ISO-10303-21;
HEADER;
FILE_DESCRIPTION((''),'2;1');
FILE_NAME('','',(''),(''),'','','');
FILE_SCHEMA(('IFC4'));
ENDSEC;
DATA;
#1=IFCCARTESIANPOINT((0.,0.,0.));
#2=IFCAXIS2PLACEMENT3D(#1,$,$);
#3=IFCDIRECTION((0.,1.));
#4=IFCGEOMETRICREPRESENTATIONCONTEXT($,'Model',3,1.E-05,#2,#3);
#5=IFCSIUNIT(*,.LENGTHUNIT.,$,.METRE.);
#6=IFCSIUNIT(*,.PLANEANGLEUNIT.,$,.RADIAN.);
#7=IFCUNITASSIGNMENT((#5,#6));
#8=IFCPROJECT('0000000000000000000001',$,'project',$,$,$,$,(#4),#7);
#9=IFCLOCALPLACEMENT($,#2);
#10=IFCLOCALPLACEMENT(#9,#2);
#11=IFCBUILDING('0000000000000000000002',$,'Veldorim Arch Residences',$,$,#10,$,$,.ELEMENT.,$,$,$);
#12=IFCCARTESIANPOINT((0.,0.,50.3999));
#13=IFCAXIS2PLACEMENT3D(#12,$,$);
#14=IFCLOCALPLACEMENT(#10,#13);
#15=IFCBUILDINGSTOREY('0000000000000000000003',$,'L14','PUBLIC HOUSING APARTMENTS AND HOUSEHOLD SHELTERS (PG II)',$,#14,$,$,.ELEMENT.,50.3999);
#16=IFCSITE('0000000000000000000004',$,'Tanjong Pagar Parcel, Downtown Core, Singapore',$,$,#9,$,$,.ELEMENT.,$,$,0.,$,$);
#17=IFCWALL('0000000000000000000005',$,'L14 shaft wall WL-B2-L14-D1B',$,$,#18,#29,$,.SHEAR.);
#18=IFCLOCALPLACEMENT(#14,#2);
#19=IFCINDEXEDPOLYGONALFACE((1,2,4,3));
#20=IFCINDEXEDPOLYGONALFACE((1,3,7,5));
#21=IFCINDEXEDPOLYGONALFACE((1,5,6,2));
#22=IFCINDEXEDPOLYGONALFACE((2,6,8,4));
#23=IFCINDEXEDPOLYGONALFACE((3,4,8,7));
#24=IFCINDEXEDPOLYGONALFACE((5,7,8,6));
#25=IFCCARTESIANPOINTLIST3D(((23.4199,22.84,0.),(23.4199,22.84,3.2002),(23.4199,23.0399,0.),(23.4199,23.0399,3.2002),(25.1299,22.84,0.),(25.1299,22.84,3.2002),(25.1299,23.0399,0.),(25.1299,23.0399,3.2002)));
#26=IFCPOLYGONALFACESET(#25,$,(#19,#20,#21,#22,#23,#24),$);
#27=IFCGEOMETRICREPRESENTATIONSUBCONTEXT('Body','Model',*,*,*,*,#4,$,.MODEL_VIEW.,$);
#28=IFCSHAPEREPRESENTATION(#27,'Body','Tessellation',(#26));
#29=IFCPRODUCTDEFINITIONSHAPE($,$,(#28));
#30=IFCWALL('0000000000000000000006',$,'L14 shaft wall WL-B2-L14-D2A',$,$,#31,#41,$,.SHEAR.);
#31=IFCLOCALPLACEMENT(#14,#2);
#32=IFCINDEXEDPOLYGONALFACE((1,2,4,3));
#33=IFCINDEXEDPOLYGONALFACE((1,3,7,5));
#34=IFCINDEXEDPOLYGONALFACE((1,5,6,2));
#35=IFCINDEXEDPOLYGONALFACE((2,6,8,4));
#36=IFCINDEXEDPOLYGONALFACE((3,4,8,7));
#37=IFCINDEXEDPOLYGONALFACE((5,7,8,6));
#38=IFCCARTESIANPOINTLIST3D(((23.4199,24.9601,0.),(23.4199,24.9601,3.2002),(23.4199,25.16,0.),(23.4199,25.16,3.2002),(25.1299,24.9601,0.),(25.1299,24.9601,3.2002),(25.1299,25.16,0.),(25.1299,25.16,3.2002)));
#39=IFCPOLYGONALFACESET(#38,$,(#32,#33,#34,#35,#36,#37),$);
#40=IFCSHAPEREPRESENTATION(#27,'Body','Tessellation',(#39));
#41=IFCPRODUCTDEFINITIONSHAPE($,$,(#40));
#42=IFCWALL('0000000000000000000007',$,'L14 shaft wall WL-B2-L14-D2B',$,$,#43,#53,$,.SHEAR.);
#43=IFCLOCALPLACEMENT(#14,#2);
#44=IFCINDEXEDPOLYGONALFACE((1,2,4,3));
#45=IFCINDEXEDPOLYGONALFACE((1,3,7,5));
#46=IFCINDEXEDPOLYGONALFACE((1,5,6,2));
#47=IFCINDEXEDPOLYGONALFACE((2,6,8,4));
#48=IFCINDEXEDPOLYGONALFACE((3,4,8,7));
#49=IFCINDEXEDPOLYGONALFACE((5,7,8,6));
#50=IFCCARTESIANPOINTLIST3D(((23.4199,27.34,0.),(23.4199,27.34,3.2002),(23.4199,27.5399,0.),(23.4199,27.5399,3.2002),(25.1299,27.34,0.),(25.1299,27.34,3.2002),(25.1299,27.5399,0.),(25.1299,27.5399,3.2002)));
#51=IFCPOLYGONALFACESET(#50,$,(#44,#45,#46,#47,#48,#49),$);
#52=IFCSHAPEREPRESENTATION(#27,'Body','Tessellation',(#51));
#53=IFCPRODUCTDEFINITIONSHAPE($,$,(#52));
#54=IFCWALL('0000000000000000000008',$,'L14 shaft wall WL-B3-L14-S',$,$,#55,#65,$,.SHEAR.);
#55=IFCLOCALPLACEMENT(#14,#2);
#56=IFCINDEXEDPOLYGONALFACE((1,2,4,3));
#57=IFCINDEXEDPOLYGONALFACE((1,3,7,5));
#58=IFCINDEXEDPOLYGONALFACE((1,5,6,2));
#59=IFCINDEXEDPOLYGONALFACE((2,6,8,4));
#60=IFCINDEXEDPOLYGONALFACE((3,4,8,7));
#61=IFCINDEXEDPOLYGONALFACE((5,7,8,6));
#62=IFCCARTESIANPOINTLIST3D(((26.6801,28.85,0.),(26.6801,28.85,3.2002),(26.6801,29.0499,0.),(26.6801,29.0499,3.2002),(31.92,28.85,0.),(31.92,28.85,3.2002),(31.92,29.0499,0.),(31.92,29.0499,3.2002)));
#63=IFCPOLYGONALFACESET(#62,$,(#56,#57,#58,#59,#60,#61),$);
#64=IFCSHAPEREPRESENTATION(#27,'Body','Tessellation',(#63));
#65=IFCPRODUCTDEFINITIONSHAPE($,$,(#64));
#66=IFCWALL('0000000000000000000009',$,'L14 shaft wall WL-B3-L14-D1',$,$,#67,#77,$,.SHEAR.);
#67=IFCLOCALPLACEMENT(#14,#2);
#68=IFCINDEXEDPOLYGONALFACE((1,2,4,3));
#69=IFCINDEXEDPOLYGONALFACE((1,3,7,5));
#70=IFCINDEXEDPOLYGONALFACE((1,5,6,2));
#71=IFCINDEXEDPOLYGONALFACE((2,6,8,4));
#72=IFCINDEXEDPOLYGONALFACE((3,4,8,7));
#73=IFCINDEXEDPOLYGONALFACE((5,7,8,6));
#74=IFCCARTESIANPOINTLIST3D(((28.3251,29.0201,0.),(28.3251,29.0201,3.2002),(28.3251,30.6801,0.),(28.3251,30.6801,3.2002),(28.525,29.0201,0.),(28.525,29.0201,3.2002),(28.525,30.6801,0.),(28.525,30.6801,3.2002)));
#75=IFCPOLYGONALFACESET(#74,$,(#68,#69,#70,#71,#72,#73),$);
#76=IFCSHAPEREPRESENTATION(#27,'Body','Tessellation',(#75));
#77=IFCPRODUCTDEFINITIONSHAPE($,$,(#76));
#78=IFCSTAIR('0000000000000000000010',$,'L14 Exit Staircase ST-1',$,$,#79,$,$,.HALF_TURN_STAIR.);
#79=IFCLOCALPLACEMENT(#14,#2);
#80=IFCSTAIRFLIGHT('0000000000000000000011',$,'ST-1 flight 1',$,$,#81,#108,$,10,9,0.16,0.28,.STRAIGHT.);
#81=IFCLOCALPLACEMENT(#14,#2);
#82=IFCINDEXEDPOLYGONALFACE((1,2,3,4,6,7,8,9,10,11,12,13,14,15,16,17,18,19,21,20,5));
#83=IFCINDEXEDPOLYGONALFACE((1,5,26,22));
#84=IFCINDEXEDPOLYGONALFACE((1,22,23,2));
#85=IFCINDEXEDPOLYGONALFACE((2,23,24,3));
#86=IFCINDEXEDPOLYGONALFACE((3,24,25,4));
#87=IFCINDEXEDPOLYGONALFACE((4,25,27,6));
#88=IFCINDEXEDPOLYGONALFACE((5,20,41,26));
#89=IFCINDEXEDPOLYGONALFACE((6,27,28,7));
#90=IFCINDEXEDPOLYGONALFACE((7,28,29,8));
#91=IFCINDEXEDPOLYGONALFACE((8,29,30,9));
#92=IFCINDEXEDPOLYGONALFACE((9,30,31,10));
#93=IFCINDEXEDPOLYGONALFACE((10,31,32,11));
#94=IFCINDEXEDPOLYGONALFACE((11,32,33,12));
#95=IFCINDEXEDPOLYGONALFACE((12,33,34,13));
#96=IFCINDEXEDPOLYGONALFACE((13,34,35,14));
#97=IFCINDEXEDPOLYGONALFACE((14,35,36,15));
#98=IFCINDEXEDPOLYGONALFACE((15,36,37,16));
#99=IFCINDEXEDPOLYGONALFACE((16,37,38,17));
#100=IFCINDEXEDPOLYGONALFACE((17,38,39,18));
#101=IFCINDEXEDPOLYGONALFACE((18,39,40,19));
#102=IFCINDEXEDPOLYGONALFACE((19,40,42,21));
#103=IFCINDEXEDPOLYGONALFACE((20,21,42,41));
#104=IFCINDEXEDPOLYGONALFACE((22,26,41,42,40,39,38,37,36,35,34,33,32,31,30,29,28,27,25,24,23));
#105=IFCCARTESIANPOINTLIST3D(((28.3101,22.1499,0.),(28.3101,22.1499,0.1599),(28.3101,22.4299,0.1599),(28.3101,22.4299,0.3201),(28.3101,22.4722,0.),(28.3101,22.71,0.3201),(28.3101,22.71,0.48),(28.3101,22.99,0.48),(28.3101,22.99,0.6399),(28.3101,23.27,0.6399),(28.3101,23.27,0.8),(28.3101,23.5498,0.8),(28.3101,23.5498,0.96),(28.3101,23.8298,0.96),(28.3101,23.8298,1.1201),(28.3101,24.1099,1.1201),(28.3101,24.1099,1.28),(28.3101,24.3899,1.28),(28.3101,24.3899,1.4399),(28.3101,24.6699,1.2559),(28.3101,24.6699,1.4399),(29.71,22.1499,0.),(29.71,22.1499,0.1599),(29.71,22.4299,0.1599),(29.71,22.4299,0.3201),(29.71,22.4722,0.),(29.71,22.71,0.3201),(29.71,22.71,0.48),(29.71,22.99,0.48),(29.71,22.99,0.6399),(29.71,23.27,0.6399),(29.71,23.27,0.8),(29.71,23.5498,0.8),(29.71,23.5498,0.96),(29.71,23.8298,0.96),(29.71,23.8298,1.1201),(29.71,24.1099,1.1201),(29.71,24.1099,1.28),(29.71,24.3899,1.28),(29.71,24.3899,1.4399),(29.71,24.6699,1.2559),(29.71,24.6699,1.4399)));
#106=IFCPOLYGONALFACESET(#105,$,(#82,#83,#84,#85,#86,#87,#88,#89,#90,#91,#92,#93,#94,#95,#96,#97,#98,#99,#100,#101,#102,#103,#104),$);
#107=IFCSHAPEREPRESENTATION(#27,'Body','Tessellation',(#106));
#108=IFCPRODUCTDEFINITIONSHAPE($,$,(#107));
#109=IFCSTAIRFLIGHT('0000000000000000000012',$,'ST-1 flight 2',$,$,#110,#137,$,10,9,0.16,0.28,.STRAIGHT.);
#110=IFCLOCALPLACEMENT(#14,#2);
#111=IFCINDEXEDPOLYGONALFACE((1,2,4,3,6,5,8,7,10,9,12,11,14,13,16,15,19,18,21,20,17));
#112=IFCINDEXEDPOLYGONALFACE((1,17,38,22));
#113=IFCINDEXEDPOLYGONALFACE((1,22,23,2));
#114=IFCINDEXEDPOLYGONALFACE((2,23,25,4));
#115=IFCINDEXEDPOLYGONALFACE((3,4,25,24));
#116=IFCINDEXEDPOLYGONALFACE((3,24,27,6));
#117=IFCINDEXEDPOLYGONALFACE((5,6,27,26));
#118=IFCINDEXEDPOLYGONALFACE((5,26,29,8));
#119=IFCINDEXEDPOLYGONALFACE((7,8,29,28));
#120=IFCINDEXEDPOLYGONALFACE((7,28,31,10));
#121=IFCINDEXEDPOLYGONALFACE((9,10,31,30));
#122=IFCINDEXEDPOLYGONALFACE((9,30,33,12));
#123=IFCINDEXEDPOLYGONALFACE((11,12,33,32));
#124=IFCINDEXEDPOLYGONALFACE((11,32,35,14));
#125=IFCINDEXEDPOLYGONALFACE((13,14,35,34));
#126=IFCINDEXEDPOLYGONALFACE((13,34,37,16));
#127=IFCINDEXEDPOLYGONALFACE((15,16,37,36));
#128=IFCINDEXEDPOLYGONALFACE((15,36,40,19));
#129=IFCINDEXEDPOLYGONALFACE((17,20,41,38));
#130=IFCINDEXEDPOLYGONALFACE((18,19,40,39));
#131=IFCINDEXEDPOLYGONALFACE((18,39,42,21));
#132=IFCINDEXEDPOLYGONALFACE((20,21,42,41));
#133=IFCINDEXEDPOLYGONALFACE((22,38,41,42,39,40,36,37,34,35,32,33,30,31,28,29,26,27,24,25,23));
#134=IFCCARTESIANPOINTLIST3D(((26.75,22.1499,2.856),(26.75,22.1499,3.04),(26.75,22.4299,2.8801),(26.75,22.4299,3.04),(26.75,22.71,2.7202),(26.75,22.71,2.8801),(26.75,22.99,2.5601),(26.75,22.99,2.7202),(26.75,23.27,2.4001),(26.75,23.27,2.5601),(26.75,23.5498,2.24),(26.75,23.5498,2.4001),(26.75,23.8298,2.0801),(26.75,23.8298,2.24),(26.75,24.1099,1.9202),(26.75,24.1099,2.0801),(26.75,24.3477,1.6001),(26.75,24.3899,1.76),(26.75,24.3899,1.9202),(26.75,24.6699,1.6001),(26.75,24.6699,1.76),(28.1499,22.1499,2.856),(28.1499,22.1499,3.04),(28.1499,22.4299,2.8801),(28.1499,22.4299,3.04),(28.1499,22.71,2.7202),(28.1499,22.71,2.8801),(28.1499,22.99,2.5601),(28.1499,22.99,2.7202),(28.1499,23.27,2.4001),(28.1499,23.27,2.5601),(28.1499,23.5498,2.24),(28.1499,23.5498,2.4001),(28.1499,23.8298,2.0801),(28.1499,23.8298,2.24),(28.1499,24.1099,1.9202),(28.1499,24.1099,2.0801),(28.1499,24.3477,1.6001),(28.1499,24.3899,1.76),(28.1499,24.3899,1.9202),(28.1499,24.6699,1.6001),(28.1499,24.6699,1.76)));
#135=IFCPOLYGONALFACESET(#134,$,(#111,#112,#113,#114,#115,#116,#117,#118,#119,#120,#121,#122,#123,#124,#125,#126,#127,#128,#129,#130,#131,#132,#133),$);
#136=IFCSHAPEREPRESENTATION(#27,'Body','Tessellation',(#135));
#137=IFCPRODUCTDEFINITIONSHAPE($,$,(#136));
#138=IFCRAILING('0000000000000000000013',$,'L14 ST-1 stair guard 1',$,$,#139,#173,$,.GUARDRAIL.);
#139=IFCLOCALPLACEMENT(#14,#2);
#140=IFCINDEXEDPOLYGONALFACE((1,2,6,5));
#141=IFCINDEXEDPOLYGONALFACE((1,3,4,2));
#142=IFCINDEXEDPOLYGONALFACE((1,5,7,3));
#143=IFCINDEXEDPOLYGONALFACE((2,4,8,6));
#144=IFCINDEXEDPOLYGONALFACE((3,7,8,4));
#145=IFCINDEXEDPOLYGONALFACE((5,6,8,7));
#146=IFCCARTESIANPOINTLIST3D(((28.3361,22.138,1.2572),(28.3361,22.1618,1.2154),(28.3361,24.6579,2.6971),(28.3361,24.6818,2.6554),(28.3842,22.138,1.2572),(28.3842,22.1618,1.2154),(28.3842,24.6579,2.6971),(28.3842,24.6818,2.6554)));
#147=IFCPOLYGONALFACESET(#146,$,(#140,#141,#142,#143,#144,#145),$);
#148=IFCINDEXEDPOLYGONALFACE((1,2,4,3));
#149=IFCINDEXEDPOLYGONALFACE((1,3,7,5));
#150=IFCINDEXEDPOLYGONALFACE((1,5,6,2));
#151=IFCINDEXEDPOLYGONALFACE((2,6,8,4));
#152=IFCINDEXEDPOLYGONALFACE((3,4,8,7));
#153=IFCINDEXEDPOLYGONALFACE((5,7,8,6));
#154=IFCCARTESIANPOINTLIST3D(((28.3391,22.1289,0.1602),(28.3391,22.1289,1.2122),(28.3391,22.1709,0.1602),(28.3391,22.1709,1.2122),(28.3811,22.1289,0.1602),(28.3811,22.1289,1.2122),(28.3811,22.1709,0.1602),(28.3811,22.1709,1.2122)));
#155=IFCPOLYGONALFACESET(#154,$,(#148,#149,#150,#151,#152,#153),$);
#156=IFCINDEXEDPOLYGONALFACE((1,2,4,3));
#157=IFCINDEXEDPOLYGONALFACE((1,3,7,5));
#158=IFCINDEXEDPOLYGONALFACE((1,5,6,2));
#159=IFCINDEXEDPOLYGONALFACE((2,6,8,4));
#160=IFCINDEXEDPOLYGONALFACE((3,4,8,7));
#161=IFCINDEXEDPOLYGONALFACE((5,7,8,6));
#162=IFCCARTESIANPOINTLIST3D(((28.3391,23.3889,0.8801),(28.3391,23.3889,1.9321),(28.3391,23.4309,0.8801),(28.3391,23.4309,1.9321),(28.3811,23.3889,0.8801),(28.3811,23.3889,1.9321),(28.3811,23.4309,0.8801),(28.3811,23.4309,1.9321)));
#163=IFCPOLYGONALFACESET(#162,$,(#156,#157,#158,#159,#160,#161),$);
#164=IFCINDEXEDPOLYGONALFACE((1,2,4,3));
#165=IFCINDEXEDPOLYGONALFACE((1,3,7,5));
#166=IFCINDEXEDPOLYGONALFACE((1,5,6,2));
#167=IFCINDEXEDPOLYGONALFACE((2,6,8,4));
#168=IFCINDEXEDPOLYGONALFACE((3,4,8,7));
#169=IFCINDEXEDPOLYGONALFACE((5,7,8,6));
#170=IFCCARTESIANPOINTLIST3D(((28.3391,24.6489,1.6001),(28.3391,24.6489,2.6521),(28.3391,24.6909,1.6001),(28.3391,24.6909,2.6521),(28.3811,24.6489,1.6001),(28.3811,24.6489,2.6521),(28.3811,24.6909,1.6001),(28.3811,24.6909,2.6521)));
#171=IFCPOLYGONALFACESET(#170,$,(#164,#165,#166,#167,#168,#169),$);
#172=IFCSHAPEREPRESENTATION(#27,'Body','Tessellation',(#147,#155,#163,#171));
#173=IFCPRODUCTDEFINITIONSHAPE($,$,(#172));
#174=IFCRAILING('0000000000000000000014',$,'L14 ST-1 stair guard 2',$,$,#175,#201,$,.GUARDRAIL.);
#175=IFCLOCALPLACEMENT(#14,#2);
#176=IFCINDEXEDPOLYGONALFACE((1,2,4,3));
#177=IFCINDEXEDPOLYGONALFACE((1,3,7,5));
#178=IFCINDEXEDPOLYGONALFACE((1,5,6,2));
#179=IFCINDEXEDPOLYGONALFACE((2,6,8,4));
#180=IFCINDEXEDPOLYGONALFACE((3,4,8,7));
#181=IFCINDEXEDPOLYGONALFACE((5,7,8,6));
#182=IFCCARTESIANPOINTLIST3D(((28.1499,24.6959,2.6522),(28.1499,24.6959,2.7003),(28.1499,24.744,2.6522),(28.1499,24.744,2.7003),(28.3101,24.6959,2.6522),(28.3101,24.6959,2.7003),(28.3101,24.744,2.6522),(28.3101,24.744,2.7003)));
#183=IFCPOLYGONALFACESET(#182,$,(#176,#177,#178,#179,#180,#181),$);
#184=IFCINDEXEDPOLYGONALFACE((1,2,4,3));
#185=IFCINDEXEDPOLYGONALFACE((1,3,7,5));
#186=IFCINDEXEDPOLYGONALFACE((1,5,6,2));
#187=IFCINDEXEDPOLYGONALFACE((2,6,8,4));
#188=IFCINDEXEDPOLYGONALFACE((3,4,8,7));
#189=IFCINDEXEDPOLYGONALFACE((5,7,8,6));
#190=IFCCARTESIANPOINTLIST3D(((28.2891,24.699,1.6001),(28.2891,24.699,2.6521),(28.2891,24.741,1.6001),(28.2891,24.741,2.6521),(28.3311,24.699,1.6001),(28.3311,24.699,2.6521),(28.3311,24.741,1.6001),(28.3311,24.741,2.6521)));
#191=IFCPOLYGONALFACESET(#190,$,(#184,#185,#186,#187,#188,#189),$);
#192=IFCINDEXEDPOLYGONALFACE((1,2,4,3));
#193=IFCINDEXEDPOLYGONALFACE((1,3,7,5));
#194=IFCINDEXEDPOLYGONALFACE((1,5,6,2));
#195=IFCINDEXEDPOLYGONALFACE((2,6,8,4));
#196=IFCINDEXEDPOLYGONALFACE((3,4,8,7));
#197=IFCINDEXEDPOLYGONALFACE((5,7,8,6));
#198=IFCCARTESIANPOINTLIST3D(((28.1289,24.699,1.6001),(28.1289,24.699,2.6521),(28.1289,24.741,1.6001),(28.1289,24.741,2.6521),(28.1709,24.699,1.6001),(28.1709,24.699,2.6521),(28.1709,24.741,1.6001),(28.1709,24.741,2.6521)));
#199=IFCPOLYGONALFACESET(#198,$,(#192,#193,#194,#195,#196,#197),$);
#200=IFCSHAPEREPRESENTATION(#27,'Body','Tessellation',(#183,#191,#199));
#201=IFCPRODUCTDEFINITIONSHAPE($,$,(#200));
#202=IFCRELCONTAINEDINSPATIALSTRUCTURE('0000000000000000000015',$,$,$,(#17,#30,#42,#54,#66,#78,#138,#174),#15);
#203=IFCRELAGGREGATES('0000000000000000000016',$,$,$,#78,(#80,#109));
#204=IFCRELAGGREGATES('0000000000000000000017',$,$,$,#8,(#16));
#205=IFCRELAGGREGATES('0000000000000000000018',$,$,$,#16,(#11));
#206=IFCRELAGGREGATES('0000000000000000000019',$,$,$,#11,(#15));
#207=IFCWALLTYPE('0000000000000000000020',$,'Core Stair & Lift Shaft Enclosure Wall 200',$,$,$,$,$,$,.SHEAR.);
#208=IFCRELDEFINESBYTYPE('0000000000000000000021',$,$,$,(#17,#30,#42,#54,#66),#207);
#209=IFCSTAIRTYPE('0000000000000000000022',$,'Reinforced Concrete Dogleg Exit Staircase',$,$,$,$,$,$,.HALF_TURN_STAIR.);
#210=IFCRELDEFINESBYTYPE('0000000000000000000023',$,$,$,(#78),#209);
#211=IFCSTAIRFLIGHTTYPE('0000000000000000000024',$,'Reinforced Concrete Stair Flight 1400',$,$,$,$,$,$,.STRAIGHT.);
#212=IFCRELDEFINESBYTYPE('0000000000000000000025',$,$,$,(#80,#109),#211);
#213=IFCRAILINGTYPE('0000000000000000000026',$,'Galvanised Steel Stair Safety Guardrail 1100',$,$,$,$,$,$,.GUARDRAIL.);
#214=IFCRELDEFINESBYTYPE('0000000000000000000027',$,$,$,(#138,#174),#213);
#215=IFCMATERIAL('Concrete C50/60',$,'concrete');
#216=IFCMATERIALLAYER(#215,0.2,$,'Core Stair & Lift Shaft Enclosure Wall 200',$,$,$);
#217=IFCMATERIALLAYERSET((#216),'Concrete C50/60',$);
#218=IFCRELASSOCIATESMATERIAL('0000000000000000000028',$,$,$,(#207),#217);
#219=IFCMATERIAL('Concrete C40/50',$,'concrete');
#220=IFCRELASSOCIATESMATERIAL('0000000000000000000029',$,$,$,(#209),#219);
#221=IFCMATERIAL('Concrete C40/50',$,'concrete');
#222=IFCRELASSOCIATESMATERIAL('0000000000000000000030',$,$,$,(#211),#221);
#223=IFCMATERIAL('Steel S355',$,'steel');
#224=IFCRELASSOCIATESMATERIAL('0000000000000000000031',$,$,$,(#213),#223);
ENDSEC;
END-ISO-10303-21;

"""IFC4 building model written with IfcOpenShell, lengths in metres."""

from ifc_helpers import new_model, si_unit, direction, frame, frame_2d, origin, origin_2d, place, context, subcontext, project, spatial, polyline, rectangle, outline, extrude, material, layer, layer_set, type_object, element, aggregate, save


model = new_model("IFC4")

# Units and contexts
model_context = context("Model", 3, precision=1e-05, world=origin(), true_north=direction((0.0, 1.0)))
body_context = subcontext(model_context, "Body", "Model", "MODEL_VIEW")
ifc_project = project(units=[si_unit("LENGTHUNIT", "METRE"), si_unit("PLANEANGLEUNIT", "RADIAN")], contexts=[model_context])

# Site, building, storey
site_placement = place(None, origin())
site = spatial("IfcSite", under=ifc_project, at=site_placement, Name="Tanjong Pagar Parcel, Downtown Core, Singapore", CompositionType="ELEMENT", RefElevation=0.0)
building_placement = place(site_placement, origin())
building = spatial("IfcBuilding", under=site, at=building_placement, Name="Veldorim Arch Residences", CompositionType="ELEMENT")
storey_placement = place(building_placement, frame((0.0, 0.0, 50.3999)))
storey = spatial("IfcBuildingStorey", under=building, at=storey_placement, Name="L14", Description="PUBLIC HOUSING APARTMENTS AND HOUSEHOLD SHELTERS (PG II)", CompositionType="ELEMENT", Elevation=50.3999)

# Walls
ifc_material_1 = material(Name="Concrete C50/60", Category="concrete")
ifc_layer = layer(ifc_material_1, 0.2, Name="Core Stair & Lift Shaft Enclosure Wall 200")
ifc_layer_set = layer_set([ifc_layer], Name="Concrete C50/60")
wall_type = type_object("IfcWallType", Name="Core Stair & Lift Shaft Enclosure Wall 200", PredefinedType="SHEAR", material=ifc_layer_set)
for number, where, z_axis, x_axis, name in (
    (1, (23.4199, 22.9399, 0.0), (0.0, 0.0, 1.0), (1.0, 0.0, 0.0), "L14 shaft wall WL-B2-L14-D1B"),
    (2, (23.4199, 25.0601, 0.0), (0.0, 0.0, 1.0), (1.0, 0.0, 0.0), "L14 shaft wall WL-B2-L14-D2A"),
    (3, (23.4199, 27.4399, 0.0), (0.0, 0.0, 1.0), (1.0, 0.0, 0.0), "L14 shaft wall WL-B2-L14-D2B"),
):
    element("IfcWall", number, at=place(storey_placement, frame(where, z_axis=z_axis, x_axis=x_axis)), inside=storey, type_object=wall_type, Name=name, PredefinedType="SHEAR", context=body_context, shape_type="SweptSolid", body=[
        extrude(rectangle(XDim=1.71, YDim=0.2, at=frame_2d((0.855, 0.0))), origin(), (0.0, 0.0, 1.0), 3.2002),
    ])
wall_1_placement = place(storey_placement, frame((26.6799, 28.95, 0.0), z_axis=(0.0, 0.0, 1.0), x_axis=(1.0, 0.0, 0.0)))
element("IfcWall", 4, at=wall_1_placement, inside=storey, type_object=wall_type, Name="L14 shaft wall WL-B3-L14-S", PredefinedType="SHEAR", context=body_context, shape_type="SweptSolid", body=[
    extrude(rectangle(XDim=5.24, YDim=0.2, at=frame_2d((2.6201, 0.0))), origin(), (0.0, 0.0, 1.0), 3.2002),
])
wall_2_placement = place(storey_placement, frame((28.425, 29.02, 0.0), z_axis=(0.0, 0.0, 1.0), x_axis=(0.0, 1.0, 0.0)))
element("IfcWall", 5, at=wall_2_placement, inside=storey, type_object=wall_type, Name="L14 shaft wall WL-B3-L14-D1", PredefinedType="SHEAR", context=body_context, shape_type="SweptSolid", body=[
    extrude(rectangle(XDim=1.6599, YDim=0.2, at=frame_2d((0.8301, 0.0))), origin(), (0.0, 0.0, 1.0), 3.2002),
])

# Stair, stair flights
ifc_material_2 = material(Name="Concrete C40/50", Category="concrete")
stair_type = type_object("IfcStairType", Name="Reinforced Concrete Dogleg Exit Staircase", PredefinedType="HALF_TURN_STAIR", material=ifc_material_2)
stair_placement = place(storey_placement, origin())
stair = element("IfcStair", 6, at=stair_placement, inside=storey, type_object=stair_type, Name="L14 Exit Staircase ST-1", PredefinedType="HALF_TURN_STAIR")
ifc_material_3 = material(Name="Concrete C40/50", Category="concrete")
stair_flight_type = type_object("IfcStairFlightType", Name="Reinforced Concrete Stair Flight 1400", PredefinedType="STRAIGHT", material=ifc_material_3)
stair_flight_1_placement = place(storey_placement, frame((29.01, 22.1499, 0.0), z_axis=(0.0, 0.0, 1.0), x_axis=(0.0, 1.0, 0.0)))
stair_flight_1 = element("IfcStairFlight", 7, at=stair_flight_1_placement, type_object=stair_flight_type, Name="ST-1 flight 1", NumberOfRisers=10, NumberOfTreads=9, PredefinedType="STRAIGHT", RiserHeight=0.16, TreadLength=0.28, context=body_context, shape_type="SweptSolid", body=[
    extrude(outline(polyline([(0.0, 0.0), (0.0, 0.1599), (0.28, 0.1599), (0.28, 0.3201), (0.5601, 0.3201), (0.5601, 0.48), (0.8401, 0.48), (0.8401, 0.6399), (1.1201, 0.6399), (1.1201, 0.8), (1.3999, 0.8), (1.3999, 0.96), (1.6799, 0.96), (1.6799, 1.1201), (1.96, 1.1201), (1.96, 1.28), (2.24, 1.28), (2.24, 1.4399), (2.52, 1.4399), (2.52, 1.6001), (2.52, 1.2559), (0.3223, 0.0), (0.0, 0.0)])), frame((0.0, 0.7, 0.0), z_axis=(0.0, -1.0, 0.0), x_axis=(1.0, 0.0, 0.0)), (0.0, 0.0, 1.0), 1.3999),
])
stair_flight_2_placement = place(storey_placement, frame((27.45, 24.6699, 1.6001), z_axis=(0.0, 0.0, 1.0), x_axis=(0.0, -1.0, 0.0)))
stair_flight_2 = element("IfcStairFlight", 8, at=stair_flight_2_placement, type_object=stair_flight_type, Name="ST-1 flight 2", NumberOfRisers=10, NumberOfTreads=9, PredefinedType="STRAIGHT", RiserHeight=0.16, TreadLength=0.28, context=body_context, shape_type="SweptSolid", body=[
    extrude(outline(polyline([(0.0, 0.0), (0.0, 0.1599), (0.28, 0.1599), (0.28, 0.3201), (0.5601, 0.3201), (0.5601, 0.48), (0.8401, 0.48), (0.8401, 0.6399), (1.1201, 0.6399), (1.1201, 0.8), (1.3999, 0.8), (1.3999, 0.96), (1.6799, 0.96), (1.6799, 1.1201), (1.96, 1.1201), (1.96, 1.28), (2.24, 1.28), (2.24, 1.4399), (2.52, 1.4399), (2.52, 1.6001), (2.52, 1.2559), (0.3223, 0.0), (0.0, 0.0)])), frame((0.0, 0.7, 0.0), z_axis=(0.0, -1.0, 0.0), x_axis=(1.0, 0.0, 0.0)), (0.0, 0.0, 1.0), 1.3999),
])
aggregate(stair, [stair_flight_1, stair_flight_2])

# Railings
ifc_material_4 = material(Name="Steel S355", Category="steel")
railing_type_1 = type_object("IfcRailingType", Name="Galvanised Steel Stair Safety Guardrail 1100", PredefinedType="GUARDRAIL", material=ifc_material_4)
railing_1_placement = place(storey_placement, frame((28.3601, 22.1499, 0.1602)))
element("IfcRailing", 9, at=railing_1_placement, inside=storey, type_object=railing_type_1, Name="L14 ST-1 stair guard 1", PredefinedType="GUARDRAIL", context=body_context, shape_type="SweptSolid", body=[
    extrude(rectangle(XDim=0.0481, YDim=0.0481, at=origin_2d()), frame((0.0, 0.0, 1.0762), z_axis=(0.0, 0.868253, 0.496121), x_axis=(-1.0, 0.0, 0.0)), (0.0, 0.0, 1.0), 2.9023),
    extrude(rectangle(XDim=0.042, YDim=0.042, at=origin_2d()), origin(), (0.0, 0.0, 1.0), 1.052),
    extrude(rectangle(XDim=0.042, YDim=0.042, at=origin_2d()), frame((0.0, 1.26, 0.72)), (0.0, 0.0, 1.0), 1.052),
    extrude(rectangle(XDim=0.042, YDim=0.042, at=origin_2d()), frame((0.0, 2.52, 1.4399)), (0.0, 0.0, 1.0), 1.052),
])
railing_2_placement = place(storey_placement, frame((28.3101, 24.72, 1.6001)))
element("IfcRailing", 10, at=railing_2_placement, inside=storey, type_object=railing_type_1, Name="L14 ST-1 stair guard 2", PredefinedType="GUARDRAIL", context=body_context, shape_type="SweptSolid", body=[
    extrude(rectangle(XDim=0.0481, YDim=0.0481, at=origin_2d()), frame((0.0, 0.0, 1.0762), z_axis=(-1.0, 0.0, 0.0), x_axis=(0.0, -1.0, 0.0)), (0.0, 0.0, 1.0), 0.1602),
    extrude(rectangle(XDim=0.042, YDim=0.042, at=origin_2d()), origin(), (0.0, 0.0, 1.0), 1.052),
    extrude(rectangle(XDim=0.042, YDim=0.042, at=origin_2d()), frame((-0.1602, 0.0, 0.0)), (0.0, 0.0, 1.0), 1.052),
])

save(model, "model.ifc")
